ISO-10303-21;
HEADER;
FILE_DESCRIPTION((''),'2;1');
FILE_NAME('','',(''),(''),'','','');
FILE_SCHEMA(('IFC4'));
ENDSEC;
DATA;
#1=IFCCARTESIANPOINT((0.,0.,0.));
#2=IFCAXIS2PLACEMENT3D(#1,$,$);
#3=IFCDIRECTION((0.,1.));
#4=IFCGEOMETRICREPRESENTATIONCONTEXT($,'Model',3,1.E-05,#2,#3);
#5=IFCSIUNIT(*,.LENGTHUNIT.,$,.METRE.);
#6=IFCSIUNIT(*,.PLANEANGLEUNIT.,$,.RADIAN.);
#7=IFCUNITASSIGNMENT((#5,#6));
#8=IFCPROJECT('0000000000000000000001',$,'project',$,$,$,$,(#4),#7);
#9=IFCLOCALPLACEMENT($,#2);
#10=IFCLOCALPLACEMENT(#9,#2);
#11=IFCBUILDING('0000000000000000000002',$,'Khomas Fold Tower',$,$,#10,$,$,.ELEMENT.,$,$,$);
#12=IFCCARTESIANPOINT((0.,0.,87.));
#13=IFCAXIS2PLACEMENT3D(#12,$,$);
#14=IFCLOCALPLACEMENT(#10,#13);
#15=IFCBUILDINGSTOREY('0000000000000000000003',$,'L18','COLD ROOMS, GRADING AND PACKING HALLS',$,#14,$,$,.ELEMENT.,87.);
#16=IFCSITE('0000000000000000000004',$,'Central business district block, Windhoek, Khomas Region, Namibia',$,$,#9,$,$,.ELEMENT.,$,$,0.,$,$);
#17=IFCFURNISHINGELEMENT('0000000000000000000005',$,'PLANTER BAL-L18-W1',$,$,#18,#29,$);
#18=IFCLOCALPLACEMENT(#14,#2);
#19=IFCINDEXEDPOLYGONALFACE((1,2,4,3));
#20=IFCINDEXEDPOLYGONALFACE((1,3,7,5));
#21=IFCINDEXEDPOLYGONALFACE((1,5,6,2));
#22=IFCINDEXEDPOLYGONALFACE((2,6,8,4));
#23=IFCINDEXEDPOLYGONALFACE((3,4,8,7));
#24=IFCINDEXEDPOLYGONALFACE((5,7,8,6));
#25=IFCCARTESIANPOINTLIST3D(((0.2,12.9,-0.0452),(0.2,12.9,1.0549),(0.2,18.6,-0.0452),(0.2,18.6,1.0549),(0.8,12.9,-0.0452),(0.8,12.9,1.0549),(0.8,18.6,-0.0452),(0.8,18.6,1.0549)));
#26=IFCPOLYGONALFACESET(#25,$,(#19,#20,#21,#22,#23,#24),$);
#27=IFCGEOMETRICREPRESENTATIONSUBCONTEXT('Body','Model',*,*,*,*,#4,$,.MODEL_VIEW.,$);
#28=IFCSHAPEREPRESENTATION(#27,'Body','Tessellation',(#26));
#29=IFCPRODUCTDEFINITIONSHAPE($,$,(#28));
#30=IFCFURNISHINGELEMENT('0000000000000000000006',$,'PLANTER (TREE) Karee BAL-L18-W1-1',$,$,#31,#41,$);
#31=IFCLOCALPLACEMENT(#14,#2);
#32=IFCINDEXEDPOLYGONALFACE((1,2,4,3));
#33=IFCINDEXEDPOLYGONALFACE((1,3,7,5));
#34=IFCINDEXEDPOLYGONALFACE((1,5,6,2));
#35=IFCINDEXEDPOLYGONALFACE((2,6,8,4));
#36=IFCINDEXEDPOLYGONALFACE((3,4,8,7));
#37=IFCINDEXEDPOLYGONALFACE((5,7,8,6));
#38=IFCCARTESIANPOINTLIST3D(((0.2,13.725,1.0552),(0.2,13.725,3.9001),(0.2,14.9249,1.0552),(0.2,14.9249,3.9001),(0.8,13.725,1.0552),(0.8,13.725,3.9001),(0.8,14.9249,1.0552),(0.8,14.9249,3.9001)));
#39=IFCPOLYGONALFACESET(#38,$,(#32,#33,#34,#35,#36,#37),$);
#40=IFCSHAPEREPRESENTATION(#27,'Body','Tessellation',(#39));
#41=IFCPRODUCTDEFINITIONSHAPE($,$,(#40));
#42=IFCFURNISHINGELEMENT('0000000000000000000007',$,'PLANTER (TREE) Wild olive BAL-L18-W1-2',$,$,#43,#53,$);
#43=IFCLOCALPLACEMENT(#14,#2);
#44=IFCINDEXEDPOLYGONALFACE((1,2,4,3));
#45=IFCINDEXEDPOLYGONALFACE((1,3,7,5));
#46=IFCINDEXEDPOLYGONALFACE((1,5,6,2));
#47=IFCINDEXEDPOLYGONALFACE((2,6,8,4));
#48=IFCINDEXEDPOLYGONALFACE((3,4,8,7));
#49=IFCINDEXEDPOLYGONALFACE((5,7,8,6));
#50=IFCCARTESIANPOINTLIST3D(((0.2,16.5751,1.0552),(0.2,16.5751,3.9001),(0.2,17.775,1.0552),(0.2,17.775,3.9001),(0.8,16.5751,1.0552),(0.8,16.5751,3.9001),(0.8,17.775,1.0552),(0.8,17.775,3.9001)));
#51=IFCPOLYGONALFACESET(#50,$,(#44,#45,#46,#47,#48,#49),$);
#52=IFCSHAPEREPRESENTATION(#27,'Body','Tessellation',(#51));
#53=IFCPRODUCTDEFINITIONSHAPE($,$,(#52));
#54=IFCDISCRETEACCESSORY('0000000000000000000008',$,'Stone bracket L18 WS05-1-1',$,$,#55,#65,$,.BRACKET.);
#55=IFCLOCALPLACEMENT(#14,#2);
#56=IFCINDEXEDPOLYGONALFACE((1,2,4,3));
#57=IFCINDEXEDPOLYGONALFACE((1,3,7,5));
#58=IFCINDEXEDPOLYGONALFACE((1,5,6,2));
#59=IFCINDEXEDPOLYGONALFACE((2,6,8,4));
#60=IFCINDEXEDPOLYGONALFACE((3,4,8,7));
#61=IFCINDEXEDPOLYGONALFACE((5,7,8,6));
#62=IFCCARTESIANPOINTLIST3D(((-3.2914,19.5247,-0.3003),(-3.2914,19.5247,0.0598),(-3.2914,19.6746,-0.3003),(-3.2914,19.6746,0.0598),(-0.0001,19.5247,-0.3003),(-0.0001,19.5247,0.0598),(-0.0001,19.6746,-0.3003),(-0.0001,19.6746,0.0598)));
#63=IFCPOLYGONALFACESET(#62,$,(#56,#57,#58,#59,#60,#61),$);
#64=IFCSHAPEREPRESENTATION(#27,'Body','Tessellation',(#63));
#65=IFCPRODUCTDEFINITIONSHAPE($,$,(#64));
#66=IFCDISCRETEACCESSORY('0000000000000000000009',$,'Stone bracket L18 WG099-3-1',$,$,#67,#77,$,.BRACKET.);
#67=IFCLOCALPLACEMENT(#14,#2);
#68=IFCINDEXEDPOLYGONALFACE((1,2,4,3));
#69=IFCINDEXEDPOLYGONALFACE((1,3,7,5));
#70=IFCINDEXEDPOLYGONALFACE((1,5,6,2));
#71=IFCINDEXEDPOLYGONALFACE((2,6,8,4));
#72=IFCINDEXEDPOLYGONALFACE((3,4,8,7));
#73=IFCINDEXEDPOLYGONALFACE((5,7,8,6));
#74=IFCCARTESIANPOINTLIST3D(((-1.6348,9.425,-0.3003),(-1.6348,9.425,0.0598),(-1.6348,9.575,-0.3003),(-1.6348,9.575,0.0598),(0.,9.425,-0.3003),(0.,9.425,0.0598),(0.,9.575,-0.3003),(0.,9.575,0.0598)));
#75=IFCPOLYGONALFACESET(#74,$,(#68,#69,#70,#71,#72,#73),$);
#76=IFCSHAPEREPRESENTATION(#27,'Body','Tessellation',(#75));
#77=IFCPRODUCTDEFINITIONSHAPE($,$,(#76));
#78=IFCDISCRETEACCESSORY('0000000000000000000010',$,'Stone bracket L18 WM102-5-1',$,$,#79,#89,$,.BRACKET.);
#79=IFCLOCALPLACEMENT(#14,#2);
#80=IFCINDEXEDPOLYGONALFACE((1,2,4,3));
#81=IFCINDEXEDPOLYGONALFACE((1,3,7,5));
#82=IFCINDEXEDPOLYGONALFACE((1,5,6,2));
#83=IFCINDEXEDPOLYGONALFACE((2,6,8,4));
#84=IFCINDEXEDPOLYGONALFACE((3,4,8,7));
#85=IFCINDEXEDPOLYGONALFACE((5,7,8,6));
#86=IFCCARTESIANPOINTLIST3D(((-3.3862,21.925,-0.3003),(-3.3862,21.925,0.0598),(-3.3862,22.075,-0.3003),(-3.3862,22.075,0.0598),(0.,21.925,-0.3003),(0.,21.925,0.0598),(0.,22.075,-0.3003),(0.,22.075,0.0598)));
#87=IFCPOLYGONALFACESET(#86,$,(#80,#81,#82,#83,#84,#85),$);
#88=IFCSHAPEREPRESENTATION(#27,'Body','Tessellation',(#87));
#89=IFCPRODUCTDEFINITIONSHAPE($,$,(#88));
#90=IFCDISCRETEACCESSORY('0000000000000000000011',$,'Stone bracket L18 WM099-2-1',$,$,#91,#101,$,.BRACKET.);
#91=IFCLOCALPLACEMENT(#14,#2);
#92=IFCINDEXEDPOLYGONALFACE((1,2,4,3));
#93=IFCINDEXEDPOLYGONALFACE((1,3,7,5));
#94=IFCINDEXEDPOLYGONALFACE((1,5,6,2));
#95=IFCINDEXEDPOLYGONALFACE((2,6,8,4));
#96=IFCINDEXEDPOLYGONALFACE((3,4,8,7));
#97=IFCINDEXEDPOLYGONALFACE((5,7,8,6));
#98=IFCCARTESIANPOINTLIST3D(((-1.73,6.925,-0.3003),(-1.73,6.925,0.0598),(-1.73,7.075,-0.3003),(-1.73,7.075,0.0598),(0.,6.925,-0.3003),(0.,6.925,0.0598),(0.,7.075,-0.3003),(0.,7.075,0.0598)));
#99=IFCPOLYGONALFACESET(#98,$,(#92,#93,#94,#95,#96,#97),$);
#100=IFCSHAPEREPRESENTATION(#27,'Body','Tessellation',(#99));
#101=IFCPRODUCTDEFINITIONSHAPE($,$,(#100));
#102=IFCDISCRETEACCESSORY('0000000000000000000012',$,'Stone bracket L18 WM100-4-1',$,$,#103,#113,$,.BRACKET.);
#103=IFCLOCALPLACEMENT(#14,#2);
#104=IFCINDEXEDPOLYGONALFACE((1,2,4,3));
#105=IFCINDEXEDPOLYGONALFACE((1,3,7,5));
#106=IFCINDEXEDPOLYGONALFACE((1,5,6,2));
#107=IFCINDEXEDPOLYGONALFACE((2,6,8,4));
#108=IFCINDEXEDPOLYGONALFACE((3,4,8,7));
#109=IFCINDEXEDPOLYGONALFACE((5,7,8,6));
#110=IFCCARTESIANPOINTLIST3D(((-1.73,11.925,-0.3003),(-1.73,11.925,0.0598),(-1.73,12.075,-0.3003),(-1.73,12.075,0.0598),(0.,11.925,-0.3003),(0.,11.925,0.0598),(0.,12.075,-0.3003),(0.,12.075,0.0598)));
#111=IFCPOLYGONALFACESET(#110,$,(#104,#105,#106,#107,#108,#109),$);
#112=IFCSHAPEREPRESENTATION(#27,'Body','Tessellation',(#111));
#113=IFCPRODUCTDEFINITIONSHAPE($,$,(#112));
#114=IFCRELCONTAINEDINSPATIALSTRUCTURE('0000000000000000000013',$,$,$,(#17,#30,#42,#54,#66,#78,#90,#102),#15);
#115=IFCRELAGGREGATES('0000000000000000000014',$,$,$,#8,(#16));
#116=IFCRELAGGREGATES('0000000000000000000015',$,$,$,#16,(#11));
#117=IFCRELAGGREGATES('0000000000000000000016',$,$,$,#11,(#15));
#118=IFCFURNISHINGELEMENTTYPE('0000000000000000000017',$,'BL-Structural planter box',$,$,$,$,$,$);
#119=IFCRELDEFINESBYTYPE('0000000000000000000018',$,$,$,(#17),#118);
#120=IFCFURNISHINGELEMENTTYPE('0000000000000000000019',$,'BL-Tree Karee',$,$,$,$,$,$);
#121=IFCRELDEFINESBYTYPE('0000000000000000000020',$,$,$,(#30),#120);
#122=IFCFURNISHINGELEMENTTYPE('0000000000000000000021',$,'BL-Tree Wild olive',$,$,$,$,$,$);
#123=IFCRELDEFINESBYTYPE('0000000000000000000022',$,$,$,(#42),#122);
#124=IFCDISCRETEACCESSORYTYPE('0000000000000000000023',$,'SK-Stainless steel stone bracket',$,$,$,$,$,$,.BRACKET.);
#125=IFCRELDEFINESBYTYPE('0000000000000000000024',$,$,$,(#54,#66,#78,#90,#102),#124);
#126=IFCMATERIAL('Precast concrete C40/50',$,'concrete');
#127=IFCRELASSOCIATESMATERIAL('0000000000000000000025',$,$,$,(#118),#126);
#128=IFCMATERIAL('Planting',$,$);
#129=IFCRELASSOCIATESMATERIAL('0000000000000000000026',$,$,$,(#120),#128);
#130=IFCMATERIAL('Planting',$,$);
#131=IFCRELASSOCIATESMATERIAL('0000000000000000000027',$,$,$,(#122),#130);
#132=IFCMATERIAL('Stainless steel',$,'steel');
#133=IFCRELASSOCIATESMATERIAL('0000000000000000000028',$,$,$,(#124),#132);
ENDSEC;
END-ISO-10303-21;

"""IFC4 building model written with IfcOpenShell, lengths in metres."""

from ifc_helpers import new_model, si_unit, direction, frame, origin, origin_2d, place, context, subcontext, project, spatial, rectangle, extrude, source, transform, mapped, material, type_object, element, save


model = new_model("IFC4")

# Units and contexts
model_context = context("Model", 3, precision=1e-05, world=origin(), true_north=direction((0.0, 1.0)))
body_context = subcontext(model_context, "Body", "Model", "MODEL_VIEW")
ifc_project = project(units=[si_unit("LENGTHUNIT", "METRE"), si_unit("PLANEANGLEUNIT", "RADIAN")], contexts=[model_context])

# Site, building, storey
site_placement = place(None, origin())
site = spatial("IfcSite", under=ifc_project, at=site_placement, Name="Central business district block, Windhoek, Khomas Region, Namibia", CompositionType="ELEMENT", RefElevation=0.0)
building_placement = place(site_placement, origin())
building = spatial("IfcBuilding", under=site, at=building_placement, Name="Khomas Fold Tower", CompositionType="ELEMENT")
storey_placement = place(building_placement, frame((0.0, 0.0, 87.0)))
storey = spatial("IfcBuildingStorey", under=building, at=storey_placement, Name="L18", Description="COLD ROOMS, GRADING AND PACKING HALLS", CompositionType="ELEMENT", Elevation=87.0)

# Furnishing elements
ifc_material_1 = material(Name="Precast concrete C40/50", Category="concrete")
furnishing_element_type_1 = type_object("IfcFurnishingElementType", Name="BL-Structural planter box", material=ifc_material_1)
shared_shape_1 = source(origin(), body_context, "Body", "SweptSolid", [
    extrude(rectangle(XDim=5.7, YDim=0.6001, at=origin_2d()), origin(), (0.0, 0.0, 1.0), 1.1001),
])
furnishing_1_placement = place(storey_placement, frame((0.5, 15.75, -0.0452), z_axis=(0.0, 0.0, 1.0), x_axis=(0.0, 1.0, 0.0)))
element("IfcFurnishingElement", 1, at=furnishing_1_placement, inside=storey, type_object=furnishing_element_type_1, Name="PLANTER BAL-L18-W1", context=body_context, shape_type="MappedRepresentation", body=[
    mapped(shared_shape_1, transform((0.0, 0.0, 0.0))),
])
ifc_material_2 = material(Name="Planting")
furnishing_element_type_2 = type_object("IfcFurnishingElementType", Name="BL-Tree Karee", material=ifc_material_2)
shared_shape_2 = source(origin(), body_context, "Body", "SweptSolid", [
    extrude(rectangle(XDim=1.2, YDim=0.6001, at=origin_2d()), origin(), (0.0, 0.0, 1.0), 2.845),
])
furnishing_2_placement = place(storey_placement, frame((0.5, 14.325, 1.0552), z_axis=(0.0, 0.0, 1.0), x_axis=(0.0, 1.0, 0.0)))
element("IfcFurnishingElement", 2, at=furnishing_2_placement, inside=storey, type_object=furnishing_element_type_2, Name="PLANTER (TREE) Karee BAL-L18-W1-1", context=body_context, shape_type="MappedRepresentation", body=[
    mapped(shared_shape_2, transform((0.0, 0.0, 0.0))),
])
ifc_material_3 = material(Name="Planting")
furnishing_element_type_3 = type_object("IfcFurnishingElementType", Name="BL-Tree Wild olive", material=ifc_material_3)
furnishing_3_placement = place(storey_placement, frame((0.5, 17.175, 1.0552), z_axis=(0.0, 0.0, 1.0), x_axis=(0.0, 1.0, 0.0)))
element("IfcFurnishingElement", 3, at=furnishing_3_placement, inside=storey, type_object=furnishing_element_type_3, Name="PLANTER (TREE) Wild olive BAL-L18-W1-2", context=body_context, shape_type="MappedRepresentation", body=[
    mapped(shared_shape_2, transform((0.0, 0.0, 0.0))),
])

# Discrete accessories
ifc_material_4 = material(Name="Stainless steel", Category="steel")
discrete_accessory_type = type_object("IfcDiscreteAccessoryType", Name="SK-Stainless steel stone bracket", PredefinedType="BRACKET", material=ifc_material_4)
shared_shape_3 = source(origin(), body_context, "Body", "SweptSolid", [
    extrude(rectangle(XDim=3.2913, YDim=0.1499, at=origin_2d()), origin(), (0.0, 0.0, 1.0), 0.3601),
])
discrete_accessory_1_placement = place(storey_placement, frame((-1.6458, 19.5996, -0.3003), z_axis=(0.0, 0.0, 1.0), x_axis=(-1.0, 0.0, 0.0)))
element("IfcDiscreteAccessory", 4, at=discrete_accessory_1_placement, inside=storey, type_object=discrete_accessory_type, Name="Stone bracket L18 WS05-1-1", PredefinedType="BRACKET", context=body_context, shape_type="MappedRepresentation", body=[
    mapped(shared_shape_3, transform((0.0, 0.0, 0.0))),
])
shared_shape_4 = source(origin(), body_context, "Body", "SweptSolid", [
    extrude(rectangle(XDim=1.6348, YDim=0.1499, at=origin_2d()), origin(), (0.0, 0.0, 1.0), 0.3601),
])
discrete_accessory_2_placement = place(storey_placement, frame((-0.8174, 9.5, -0.3003), z_axis=(0.0, 0.0, 1.0), x_axis=(-1.0, 0.0, 0.0)))
element("IfcDiscreteAccessory", 5, at=discrete_accessory_2_placement, inside=storey, type_object=discrete_accessory_type, Name="Stone bracket L18 WG099-3-1", PredefinedType="BRACKET", context=body_context, shape_type="MappedRepresentation", body=[
    mapped(shared_shape_4, transform((0.0, 0.0, 0.0))),
])
shared_shape_5 = source(origin(), body_context, "Body", "SweptSolid", [
    extrude(rectangle(XDim=3.3862, YDim=0.1499, at=origin_2d()), origin(), (0.0, 0.0, 1.0), 0.3601),
])
discrete_accessory_3_placement = place(storey_placement, frame((-1.6931, 22.0, -0.3003), z_axis=(0.0, 0.0, 1.0), x_axis=(-1.0, 0.0, 0.0)))
element("IfcDiscreteAccessory", 6, at=discrete_accessory_3_placement, inside=storey, type_object=discrete_accessory_type, Name="Stone bracket L18 WM102-5-1", PredefinedType="BRACKET", context=body_context, shape_type="MappedRepresentation", body=[
    mapped(shared_shape_5, transform((0.0, 0.0, 0.0))),
])
shared_shape_6 = source(origin(), body_context, "Body", "SweptSolid", [
    extrude(rectangle(XDim=1.73, YDim=0.1499, at=origin_2d()), origin(), (0.0, 0.0, 1.0), 0.3601),
])
for number, where, z_axis, x_axis, name in (
    (7, (-0.865, 7.0, -0.3003), (0.0, 0.0, 1.0), (-1.0, 0.0, 0.0), "Stone bracket L18 WM099-2-1"),
    (8, (-0.865, 12.0, -0.3003), (0.0, 0.0, 1.0), (-1.0, 0.0, 0.0), "Stone bracket L18 WM100-4-1"),
):
    element("IfcDiscreteAccessory", number, at=place(storey_placement, frame(where, z_axis=z_axis, x_axis=x_axis)), inside=storey, type_object=discrete_accessory_type, Name=name, PredefinedType="BRACKET", context=body_context, shape_type="MappedRepresentation", body=[
        mapped(shared_shape_6, transform((0.0, 0.0, 0.0))),
    ])

save(model, "model.ifc")
